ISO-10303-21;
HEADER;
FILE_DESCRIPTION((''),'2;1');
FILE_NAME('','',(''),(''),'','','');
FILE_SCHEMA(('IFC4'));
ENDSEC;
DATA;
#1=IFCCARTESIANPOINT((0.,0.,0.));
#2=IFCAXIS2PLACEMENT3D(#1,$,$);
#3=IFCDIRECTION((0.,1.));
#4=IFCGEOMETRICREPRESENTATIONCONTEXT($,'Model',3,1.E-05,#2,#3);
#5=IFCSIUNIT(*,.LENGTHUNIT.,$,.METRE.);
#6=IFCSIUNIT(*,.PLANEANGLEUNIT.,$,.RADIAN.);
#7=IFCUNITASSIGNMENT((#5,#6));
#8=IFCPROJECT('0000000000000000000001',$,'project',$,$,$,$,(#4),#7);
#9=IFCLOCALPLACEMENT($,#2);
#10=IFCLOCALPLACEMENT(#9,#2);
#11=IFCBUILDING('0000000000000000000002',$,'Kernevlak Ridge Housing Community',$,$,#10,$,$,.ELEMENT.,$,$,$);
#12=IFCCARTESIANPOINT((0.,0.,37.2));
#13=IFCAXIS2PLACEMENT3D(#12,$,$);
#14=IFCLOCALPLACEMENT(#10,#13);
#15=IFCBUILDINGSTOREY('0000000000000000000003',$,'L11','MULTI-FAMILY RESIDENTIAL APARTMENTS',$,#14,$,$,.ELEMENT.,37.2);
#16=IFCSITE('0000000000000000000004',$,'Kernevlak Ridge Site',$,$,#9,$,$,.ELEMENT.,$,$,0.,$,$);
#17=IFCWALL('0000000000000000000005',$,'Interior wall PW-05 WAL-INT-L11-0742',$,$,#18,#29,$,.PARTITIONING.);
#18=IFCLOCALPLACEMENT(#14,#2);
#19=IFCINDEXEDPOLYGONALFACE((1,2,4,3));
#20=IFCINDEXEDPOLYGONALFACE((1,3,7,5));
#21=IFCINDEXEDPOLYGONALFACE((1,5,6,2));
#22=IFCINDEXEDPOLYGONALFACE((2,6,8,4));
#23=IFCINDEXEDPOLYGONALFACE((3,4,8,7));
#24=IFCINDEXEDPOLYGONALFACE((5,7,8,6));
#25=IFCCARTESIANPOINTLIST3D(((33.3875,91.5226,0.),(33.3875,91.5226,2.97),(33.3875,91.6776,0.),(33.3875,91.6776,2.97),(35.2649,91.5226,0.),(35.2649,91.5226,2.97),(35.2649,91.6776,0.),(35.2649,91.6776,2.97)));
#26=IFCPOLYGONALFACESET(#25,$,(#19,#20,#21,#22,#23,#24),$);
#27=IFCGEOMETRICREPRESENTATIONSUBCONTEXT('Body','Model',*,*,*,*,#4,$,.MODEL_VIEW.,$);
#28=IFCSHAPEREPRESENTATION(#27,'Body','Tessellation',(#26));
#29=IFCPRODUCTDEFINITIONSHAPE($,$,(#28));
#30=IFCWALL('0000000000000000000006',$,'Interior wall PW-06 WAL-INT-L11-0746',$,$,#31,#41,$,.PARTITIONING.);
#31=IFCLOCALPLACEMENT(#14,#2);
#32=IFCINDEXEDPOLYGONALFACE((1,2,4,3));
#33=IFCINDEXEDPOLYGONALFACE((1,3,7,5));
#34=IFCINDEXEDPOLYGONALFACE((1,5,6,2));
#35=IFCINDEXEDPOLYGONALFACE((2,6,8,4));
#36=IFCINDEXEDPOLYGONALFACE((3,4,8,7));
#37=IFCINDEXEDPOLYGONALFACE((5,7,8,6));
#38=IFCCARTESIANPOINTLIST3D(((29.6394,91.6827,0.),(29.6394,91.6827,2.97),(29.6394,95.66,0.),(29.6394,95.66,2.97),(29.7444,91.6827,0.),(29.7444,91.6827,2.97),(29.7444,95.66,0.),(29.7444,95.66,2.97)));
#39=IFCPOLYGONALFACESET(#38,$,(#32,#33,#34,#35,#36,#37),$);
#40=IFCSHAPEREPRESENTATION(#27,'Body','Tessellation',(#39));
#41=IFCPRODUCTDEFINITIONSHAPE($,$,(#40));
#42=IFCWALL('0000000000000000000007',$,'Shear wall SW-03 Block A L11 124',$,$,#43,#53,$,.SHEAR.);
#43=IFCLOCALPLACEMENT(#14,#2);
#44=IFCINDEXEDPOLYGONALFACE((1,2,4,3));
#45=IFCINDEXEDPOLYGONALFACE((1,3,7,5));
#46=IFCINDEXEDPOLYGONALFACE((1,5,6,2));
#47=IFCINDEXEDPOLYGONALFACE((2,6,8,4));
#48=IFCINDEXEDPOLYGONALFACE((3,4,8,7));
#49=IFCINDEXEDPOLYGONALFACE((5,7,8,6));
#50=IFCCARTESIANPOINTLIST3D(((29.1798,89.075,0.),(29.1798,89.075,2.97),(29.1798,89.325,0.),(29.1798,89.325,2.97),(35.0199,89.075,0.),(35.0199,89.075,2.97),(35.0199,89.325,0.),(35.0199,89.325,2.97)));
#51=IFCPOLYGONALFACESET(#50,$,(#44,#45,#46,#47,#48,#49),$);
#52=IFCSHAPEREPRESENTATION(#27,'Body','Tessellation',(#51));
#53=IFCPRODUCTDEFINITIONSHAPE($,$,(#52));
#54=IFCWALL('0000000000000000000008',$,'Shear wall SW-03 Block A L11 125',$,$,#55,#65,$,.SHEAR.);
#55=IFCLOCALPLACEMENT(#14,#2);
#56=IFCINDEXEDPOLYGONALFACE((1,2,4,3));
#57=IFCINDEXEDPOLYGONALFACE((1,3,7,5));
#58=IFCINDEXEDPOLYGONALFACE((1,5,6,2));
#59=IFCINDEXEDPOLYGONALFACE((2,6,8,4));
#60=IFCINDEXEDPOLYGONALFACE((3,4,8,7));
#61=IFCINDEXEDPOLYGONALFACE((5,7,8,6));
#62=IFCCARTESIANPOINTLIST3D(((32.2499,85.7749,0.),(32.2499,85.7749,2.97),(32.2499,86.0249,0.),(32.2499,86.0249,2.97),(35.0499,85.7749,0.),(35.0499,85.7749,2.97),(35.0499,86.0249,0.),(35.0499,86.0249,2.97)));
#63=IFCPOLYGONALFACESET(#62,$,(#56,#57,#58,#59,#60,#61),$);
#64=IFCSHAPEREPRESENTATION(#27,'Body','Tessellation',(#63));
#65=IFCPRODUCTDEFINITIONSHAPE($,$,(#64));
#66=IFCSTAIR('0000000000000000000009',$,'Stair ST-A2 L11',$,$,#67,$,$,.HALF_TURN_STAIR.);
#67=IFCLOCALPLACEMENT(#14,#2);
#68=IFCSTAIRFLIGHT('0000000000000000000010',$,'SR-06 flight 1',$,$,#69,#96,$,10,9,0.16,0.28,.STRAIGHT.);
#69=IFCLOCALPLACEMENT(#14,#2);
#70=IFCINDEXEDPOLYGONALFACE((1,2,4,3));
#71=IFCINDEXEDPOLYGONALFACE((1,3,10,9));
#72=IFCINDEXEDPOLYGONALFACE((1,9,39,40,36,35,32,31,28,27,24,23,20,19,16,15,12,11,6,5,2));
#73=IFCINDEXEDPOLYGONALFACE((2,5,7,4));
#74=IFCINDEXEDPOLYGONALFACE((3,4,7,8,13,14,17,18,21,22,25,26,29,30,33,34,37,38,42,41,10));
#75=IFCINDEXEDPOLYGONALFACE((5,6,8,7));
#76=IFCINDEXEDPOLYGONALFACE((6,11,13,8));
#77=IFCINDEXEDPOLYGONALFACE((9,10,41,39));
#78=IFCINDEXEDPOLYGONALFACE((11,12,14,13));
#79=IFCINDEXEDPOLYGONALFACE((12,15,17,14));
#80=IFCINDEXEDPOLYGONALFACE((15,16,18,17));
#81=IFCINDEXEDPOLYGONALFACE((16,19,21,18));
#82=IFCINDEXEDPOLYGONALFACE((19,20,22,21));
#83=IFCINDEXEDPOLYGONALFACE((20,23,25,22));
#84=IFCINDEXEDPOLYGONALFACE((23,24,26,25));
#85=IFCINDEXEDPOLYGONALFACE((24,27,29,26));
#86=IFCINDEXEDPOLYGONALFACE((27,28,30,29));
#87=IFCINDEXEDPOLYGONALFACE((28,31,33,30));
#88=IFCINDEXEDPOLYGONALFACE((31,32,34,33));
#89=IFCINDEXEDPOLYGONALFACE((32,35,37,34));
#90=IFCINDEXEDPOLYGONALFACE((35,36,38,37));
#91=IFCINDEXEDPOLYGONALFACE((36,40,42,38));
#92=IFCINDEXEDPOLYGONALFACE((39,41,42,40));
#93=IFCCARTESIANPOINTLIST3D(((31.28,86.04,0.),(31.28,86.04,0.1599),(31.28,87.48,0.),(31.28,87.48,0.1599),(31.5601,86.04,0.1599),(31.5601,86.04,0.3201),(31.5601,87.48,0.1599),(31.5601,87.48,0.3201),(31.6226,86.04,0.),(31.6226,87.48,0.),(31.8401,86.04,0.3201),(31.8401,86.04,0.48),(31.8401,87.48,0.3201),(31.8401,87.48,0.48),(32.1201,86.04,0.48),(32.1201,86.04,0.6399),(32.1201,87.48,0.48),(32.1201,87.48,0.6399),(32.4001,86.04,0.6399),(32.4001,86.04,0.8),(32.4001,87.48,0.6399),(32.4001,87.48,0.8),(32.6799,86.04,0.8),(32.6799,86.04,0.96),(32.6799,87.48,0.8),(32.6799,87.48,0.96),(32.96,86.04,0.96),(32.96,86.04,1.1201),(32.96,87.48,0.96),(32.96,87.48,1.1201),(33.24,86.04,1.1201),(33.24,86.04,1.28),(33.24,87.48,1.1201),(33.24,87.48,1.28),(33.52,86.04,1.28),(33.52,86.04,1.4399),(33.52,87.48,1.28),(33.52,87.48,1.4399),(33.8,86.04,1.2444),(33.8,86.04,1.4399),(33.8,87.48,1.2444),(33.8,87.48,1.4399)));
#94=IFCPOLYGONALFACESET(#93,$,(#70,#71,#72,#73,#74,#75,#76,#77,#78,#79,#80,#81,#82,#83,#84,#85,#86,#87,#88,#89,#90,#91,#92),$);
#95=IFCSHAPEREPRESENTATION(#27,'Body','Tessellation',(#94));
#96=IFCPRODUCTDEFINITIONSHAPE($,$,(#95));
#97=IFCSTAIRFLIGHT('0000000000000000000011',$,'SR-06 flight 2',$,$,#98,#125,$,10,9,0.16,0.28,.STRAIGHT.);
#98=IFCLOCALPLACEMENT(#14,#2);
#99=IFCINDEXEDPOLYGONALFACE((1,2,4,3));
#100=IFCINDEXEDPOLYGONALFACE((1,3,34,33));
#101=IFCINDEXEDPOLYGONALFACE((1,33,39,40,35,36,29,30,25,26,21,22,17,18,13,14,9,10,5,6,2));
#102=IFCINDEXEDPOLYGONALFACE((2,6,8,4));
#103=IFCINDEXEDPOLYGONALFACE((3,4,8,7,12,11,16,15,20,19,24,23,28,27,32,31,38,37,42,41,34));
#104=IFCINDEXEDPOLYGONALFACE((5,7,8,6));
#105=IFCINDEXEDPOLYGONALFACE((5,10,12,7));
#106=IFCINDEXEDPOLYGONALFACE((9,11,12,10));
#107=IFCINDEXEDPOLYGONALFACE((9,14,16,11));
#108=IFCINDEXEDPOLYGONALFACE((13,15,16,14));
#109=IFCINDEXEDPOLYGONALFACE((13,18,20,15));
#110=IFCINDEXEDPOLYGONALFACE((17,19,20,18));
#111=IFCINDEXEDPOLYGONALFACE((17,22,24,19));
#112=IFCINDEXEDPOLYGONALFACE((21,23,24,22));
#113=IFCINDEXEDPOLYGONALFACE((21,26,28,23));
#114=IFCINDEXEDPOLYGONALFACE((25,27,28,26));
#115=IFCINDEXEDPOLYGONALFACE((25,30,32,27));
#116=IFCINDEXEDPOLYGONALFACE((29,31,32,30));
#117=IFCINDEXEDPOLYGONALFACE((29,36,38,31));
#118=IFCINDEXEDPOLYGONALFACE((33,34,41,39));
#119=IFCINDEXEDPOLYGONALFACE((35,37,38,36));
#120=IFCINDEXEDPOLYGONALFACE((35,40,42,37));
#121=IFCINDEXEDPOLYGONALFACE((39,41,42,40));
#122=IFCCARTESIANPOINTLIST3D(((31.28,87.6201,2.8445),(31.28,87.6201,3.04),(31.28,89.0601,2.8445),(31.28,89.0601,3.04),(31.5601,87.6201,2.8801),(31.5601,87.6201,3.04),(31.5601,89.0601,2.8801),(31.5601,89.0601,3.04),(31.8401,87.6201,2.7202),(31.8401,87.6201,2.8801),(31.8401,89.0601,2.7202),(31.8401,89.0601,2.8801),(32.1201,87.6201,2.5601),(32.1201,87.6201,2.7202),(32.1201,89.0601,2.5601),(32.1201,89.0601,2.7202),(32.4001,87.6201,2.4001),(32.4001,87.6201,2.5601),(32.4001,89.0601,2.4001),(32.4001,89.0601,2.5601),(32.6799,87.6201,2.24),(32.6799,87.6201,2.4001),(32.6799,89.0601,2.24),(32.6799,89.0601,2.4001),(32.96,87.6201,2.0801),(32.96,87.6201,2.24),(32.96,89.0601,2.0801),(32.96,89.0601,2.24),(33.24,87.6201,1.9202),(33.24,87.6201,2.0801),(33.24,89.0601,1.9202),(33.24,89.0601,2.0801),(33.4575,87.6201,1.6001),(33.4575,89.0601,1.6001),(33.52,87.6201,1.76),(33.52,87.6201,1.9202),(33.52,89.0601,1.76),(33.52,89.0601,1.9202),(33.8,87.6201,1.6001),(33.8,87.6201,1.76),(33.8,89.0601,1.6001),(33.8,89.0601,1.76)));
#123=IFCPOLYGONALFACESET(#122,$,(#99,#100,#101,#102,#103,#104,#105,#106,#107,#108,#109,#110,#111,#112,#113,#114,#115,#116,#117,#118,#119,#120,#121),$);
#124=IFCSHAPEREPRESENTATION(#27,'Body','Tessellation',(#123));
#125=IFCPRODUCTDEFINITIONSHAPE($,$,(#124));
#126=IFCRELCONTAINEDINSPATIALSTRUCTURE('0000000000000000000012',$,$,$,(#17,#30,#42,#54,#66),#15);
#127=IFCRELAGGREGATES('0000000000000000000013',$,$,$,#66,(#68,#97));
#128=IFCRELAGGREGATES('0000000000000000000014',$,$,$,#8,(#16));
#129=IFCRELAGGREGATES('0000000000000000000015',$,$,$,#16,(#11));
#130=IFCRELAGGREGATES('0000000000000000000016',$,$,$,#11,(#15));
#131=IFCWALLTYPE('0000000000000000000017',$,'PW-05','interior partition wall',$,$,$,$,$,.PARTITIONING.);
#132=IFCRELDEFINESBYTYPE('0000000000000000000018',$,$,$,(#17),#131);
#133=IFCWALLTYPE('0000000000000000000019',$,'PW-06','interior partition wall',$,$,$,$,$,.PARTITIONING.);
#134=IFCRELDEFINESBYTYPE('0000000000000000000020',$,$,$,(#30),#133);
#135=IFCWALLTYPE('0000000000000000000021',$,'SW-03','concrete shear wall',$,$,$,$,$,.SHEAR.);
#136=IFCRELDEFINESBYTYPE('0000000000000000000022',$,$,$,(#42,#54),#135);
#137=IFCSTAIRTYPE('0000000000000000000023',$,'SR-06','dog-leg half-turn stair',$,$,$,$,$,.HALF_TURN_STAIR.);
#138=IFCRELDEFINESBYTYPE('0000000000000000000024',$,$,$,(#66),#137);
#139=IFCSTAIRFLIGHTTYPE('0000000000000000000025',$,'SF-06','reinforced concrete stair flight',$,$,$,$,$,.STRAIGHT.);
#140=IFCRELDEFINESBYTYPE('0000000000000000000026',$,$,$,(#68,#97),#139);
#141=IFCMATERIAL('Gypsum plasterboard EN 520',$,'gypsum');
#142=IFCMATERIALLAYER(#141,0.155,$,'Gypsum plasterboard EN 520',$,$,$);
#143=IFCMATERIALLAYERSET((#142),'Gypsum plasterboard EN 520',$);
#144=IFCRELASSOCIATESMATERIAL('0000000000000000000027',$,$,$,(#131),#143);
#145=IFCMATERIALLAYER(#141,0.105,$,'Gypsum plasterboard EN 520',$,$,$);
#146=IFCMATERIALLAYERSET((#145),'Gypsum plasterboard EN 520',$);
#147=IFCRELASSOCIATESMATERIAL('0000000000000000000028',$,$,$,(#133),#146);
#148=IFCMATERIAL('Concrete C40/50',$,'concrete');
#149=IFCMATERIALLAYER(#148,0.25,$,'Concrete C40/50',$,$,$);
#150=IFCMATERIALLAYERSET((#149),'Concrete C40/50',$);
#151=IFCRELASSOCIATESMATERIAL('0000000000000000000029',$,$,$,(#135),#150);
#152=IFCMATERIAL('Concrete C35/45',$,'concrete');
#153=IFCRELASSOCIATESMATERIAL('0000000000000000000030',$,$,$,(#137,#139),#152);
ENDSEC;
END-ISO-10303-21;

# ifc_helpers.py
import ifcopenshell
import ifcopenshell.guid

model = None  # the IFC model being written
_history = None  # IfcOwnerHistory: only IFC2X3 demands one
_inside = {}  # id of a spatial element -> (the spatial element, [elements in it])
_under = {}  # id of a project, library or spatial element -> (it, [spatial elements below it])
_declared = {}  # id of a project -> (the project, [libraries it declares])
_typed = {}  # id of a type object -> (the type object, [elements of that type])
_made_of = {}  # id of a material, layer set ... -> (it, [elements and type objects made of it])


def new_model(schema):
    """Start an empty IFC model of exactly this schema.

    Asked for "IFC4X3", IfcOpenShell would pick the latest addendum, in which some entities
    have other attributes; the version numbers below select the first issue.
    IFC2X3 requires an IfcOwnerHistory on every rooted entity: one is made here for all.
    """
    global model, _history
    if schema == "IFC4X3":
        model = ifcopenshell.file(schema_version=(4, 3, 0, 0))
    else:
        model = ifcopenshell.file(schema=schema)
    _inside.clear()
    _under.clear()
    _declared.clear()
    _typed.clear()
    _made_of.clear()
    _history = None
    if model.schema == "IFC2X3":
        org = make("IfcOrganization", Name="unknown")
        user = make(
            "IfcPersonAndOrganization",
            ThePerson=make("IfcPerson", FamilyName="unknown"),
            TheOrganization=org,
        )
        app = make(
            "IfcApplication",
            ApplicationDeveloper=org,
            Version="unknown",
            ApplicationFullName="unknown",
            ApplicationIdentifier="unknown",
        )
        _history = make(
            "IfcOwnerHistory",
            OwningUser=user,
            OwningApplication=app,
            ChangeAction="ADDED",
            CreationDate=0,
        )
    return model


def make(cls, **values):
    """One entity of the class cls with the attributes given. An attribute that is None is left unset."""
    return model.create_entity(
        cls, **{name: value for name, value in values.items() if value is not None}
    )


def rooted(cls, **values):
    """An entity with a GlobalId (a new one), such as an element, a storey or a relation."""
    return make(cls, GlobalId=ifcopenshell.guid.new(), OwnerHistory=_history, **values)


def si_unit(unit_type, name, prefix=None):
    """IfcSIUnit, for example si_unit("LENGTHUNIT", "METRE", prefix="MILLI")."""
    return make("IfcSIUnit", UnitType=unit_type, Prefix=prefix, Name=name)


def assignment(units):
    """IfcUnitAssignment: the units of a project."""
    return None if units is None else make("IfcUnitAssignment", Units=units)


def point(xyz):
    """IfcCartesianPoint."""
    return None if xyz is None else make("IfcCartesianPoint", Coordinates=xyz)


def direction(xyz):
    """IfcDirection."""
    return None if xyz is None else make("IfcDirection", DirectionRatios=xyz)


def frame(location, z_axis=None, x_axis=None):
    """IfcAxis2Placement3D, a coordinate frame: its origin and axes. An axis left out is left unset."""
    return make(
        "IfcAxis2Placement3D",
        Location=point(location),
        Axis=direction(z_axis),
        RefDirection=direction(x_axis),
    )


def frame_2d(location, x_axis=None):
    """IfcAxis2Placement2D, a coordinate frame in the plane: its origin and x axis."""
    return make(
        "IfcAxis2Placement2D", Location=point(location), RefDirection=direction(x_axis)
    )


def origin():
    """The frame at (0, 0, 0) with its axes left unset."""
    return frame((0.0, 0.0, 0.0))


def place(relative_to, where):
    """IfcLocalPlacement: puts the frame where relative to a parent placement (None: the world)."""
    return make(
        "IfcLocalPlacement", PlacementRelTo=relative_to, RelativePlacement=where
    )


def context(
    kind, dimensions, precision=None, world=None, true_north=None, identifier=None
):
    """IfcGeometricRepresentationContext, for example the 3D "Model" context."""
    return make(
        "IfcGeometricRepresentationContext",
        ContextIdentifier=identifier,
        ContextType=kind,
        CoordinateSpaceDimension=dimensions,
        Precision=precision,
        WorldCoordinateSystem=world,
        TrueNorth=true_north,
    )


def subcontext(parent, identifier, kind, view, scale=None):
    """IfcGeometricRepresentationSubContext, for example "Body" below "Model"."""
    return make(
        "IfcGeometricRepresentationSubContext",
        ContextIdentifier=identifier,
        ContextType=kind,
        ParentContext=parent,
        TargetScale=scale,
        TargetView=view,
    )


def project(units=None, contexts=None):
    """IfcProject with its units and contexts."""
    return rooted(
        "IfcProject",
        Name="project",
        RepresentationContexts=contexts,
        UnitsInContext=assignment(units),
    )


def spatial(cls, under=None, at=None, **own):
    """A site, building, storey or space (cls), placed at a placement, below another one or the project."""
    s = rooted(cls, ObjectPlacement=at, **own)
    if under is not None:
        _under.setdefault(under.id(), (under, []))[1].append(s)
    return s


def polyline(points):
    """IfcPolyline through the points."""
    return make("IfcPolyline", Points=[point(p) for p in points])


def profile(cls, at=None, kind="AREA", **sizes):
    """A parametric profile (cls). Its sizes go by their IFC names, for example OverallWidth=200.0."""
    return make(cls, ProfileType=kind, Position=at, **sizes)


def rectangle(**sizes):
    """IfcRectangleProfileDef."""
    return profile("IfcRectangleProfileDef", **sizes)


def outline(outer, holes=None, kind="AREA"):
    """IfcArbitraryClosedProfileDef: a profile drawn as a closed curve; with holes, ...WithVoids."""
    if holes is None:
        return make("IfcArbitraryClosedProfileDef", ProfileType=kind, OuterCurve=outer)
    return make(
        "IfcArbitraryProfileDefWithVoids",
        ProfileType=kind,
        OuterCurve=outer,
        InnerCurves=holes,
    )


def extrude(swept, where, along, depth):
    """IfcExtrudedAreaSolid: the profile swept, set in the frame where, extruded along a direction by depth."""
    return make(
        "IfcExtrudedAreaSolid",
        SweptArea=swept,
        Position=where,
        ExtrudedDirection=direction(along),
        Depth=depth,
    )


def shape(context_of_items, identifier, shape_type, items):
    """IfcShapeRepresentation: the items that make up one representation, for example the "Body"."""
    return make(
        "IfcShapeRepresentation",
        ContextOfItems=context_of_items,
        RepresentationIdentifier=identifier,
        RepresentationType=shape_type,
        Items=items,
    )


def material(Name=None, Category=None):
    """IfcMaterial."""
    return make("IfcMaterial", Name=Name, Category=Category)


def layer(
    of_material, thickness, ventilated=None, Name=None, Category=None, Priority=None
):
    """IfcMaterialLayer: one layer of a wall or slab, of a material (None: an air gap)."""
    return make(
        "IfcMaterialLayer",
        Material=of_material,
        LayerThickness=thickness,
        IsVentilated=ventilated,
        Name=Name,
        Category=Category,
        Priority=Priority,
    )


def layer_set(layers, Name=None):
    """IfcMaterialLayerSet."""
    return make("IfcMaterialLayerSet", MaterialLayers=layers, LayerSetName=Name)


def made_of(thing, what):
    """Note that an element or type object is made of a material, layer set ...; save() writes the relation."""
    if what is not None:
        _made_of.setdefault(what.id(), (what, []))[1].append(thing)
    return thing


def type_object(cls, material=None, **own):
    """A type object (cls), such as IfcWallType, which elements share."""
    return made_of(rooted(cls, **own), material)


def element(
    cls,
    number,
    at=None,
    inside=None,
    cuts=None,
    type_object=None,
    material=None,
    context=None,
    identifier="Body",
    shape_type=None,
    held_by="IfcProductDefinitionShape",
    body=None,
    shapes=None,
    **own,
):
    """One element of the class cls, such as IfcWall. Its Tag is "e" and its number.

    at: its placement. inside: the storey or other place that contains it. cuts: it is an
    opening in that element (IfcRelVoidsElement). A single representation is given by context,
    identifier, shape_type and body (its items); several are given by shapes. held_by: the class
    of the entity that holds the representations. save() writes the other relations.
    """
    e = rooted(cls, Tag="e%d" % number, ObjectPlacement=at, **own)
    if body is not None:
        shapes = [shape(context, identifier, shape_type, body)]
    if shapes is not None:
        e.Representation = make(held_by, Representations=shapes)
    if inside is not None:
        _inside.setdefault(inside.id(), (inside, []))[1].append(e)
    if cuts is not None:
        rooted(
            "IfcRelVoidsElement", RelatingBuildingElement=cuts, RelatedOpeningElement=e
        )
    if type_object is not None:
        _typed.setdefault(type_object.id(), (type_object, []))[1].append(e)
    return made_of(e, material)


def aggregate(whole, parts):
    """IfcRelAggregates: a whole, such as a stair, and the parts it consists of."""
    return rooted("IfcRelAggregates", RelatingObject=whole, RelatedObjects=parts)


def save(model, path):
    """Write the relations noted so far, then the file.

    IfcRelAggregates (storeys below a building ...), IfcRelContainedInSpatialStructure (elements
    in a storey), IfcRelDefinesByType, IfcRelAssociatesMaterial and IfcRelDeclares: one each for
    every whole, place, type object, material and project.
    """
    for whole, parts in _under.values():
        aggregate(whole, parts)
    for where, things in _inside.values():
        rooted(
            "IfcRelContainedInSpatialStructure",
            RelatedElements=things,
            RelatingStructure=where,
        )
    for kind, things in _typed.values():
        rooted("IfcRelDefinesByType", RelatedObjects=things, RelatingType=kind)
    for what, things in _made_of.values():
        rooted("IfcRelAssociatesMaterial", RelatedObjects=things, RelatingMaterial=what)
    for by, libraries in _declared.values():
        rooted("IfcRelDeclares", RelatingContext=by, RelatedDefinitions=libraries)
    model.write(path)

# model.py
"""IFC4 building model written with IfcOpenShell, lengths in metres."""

from ifc_helpers import new_model, si_unit, direction, frame, frame_2d, origin, place, context, subcontext, project, spatial, polyline, rectangle, outline, extrude, material, layer, layer_set, type_object, element, aggregate, save


model = new_model("IFC4")

# Units and contexts
model_context = context("Model", 3, precision=1e-05, world=origin(), true_north=direction((0.0, 1.0)))
body_context = subcontext(model_context, "Body", "Model", "MODEL_VIEW")
ifc_project = project(units=[si_unit("LENGTHUNIT", "METRE"), si_unit("PLANEANGLEUNIT", "RADIAN")], contexts=[model_context])

# Site, building, storey
site_placement = place(None, origin())
site = spatial("IfcSite", under=ifc_project, at=site_placement, Name="Kernevlak Ridge Site", CompositionType="ELEMENT", RefElevation=0.0)
building_placement = place(site_placement, origin())
building = spatial("IfcBuilding", under=site, at=building_placement, Name="Kernevlak Ridge Housing Community", CompositionType="ELEMENT")
storey_placement = place(building_placement, frame((0.0, 0.0, 37.2)))
storey = spatial("IfcBuildingStorey", under=building, at=storey_placement, Name="L11", Description="MULTI-FAMILY RESIDENTIAL APARTMENTS", CompositionType="ELEMENT", Elevation=37.2)

# Shared definitions
ifc_material_1 = material(Name="Concrete C35/45", Category="concrete")

# Shared definitions
ifc_material_2 = material(Name="Gypsum plasterboard EN 520", Category="gypsum")
ifc_layer_1 = layer(ifc_material_2, 0.155, Name="Gypsum plasterboard EN 520")
ifc_layer_set_1 = layer_set([ifc_layer_1], Name="Gypsum plasterboard EN 520")
wall_type_1 = type_object("IfcWallType", Name="PW-05", Description="interior partition wall", PredefinedType="PARTITIONING", material=ifc_layer_set_1)

# Walls
wall_1_placement = place(storey_placement, frame((33.3875, 91.6001, 0.0), z_axis=(0.0, 0.0, 1.0), x_axis=(1.0, 0.0, 0.0)))
element("IfcWall", 1, at=wall_1_placement, inside=storey, type_object=wall_type_1, Name="Interior wall PW-05 WAL-INT-L11-0742", PredefinedType="PARTITIONING", context=body_context, shape_type="SweptSolid", body=[
    extrude(rectangle(XDim=1.8774, YDim=0.155, at=frame_2d((0.9387, 0.0))), origin(), (0.0, 0.0, 1.0), 2.97),
])
ifc_layer_2 = layer(ifc_material_2, 0.105, Name="Gypsum plasterboard EN 520")
ifc_layer_set_2 = layer_set([ifc_layer_2], Name="Gypsum plasterboard EN 520")
wall_type_2 = type_object("IfcWallType", Name="PW-06", Description="interior partition wall", PredefinedType="PARTITIONING", material=ifc_layer_set_2)
wall_2_placement = place(storey_placement, frame((29.6919, 91.6826, 0.0), z_axis=(0.0, 0.0, 1.0), x_axis=(0.0, 1.0, 0.0)))
element("IfcWall", 2, at=wall_2_placement, inside=storey, type_object=wall_type_2, Name="Interior wall PW-06 WAL-INT-L11-0746", PredefinedType="PARTITIONING", context=body_context, shape_type="SweptSolid", body=[
    extrude(rectangle(XDim=3.9773, YDim=0.105, at=frame_2d((1.9888, 0.0))), origin(), (0.0, 0.0, 1.0), 2.97),
])
ifc_material_3 = material(Name="Concrete C40/50", Category="concrete")
ifc_layer_3 = layer(ifc_material_3, 0.25, Name="Concrete C40/50")
ifc_layer_set_3 = layer_set([ifc_layer_3], Name="Concrete C40/50")
wall_type_3 = type_object("IfcWallType", Name="SW-03", Description="concrete shear wall", PredefinedType="SHEAR", material=ifc_layer_set_3)
wall_3_placement = place(storey_placement, frame((29.1799, 89.2, 0.0), z_axis=(0.0, 0.0, 1.0), x_axis=(1.0, 0.0, 0.0)))
element("IfcWall", 3, at=wall_3_placement, inside=storey, type_object=wall_type_3, Name="Shear wall SW-03 Block A L11 124", PredefinedType="SHEAR", context=body_context, shape_type="SweptSolid", body=[
    extrude(rectangle(XDim=5.8401, YDim=0.25, at=frame_2d((2.9199, 0.0))), origin(), (0.0, 0.0, 1.0), 2.97),
])
wall_4_placement = place(storey_placement, frame((32.25, 85.8999, 0.0), z_axis=(0.0, 0.0, 1.0), x_axis=(1.0, 0.0, 0.0)))
element("IfcWall", 4, at=wall_4_placement, inside=storey, type_object=wall_type_3, Name="Shear wall SW-03 Block A L11 125", PredefinedType="SHEAR", context=body_context, shape_type="SweptSolid", body=[
    extrude(rectangle(XDim=2.8, YDim=0.25, at=frame_2d((1.3999, 0.0))), origin(), (0.0, 0.0, 1.0), 2.97),
])

# Stair, stair flights
stair_type = type_object("IfcStairType", Name="SR-06", Description="dog-leg half-turn stair", PredefinedType="HALF_TURN_STAIR", material=ifc_material_1)
stair_placement = place(storey_placement, origin())
stair = element("IfcStair", 5, at=stair_placement, inside=storey, type_object=stair_type, Name="Stair ST-A2 L11", PredefinedType="HALF_TURN_STAIR")
stair_flight_type = type_object("IfcStairFlightType", Name="SF-06", Description="reinforced concrete stair flight", PredefinedType="STRAIGHT", material=ifc_material_1)
stair_flight_1_placement = place(storey_placement, frame((31.28, 86.76, 0.0), z_axis=(0.0, 0.0, 1.0), x_axis=(1.0, 0.0, 0.0)))
stair_flight_1 = element("IfcStairFlight", 6, at=stair_flight_1_placement, type_object=stair_flight_type, Name="SR-06 flight 1", NumberOfRisers=10, NumberOfTreads=9, PredefinedType="STRAIGHT", RiserHeight=0.16, TreadLength=0.28, context=body_context, shape_type="SweptSolid", body=[
    extrude(outline(polyline([(0.0, 0.0), (0.0, 0.1599), (0.28, 0.1599), (0.28, 0.3201), (0.5601, 0.3201), (0.5601, 0.48), (0.8401, 0.48), (0.8401, 0.6399), (1.1201, 0.6399), (1.1201, 0.8), (1.3999, 0.8), (1.3999, 0.96), (1.6799, 0.96), (1.6799, 1.1201), (1.96, 1.1201), (1.96, 1.28), (2.24, 1.28), (2.24, 1.4399), (2.52, 1.4399), (2.52, 1.6001), (2.52, 1.2444), (0.3425, 0.0), (0.0, 0.0)])), frame((0.0, 0.72, 0.0), z_axis=(0.0, -1.0, 0.0), x_axis=(1.0, 0.0, 0.0)), (0.0, 0.0, 1.0), 1.4399),
])
stair_flight_2_placement = place(storey_placement, frame((33.8, 88.3401, 1.6001), z_axis=(0.0, 0.0, 1.0), x_axis=(-1.0, 0.0, 0.0)))
stair_flight_2 = element("IfcStairFlight", 7, at=stair_flight_2_placement, type_object=stair_flight_type, Name="SR-06 flight 2", NumberOfRisers=10, NumberOfTreads=9, PredefinedType="STRAIGHT", RiserHeight=0.16, TreadLength=0.28, context=body_context, shape_type="SweptSolid", body=[
    extrude(outline(polyline([(0.0, 0.0), (0.0, 0.1599), (0.28, 0.1599), (0.28, 0.3201), (0.5601, 0.3201), (0.5601, 0.48), (0.8401, 0.48), (0.8401, 0.6399), (1.1201, 0.6399), (1.1201, 0.8), (1.3999, 0.8), (1.3999, 0.96), (1.6799, 0.96), (1.6799, 1.1201), (1.96, 1.1201), (1.96, 1.28), (2.24, 1.28), (2.24, 1.4399), (2.52, 1.4399), (2.52, 1.6001), (2.52, 1.2444), (0.3425, 0.0), (0.0, 0.0)])), frame((0.0, 0.72, 0.0), z_axis=(0.0, -1.0, 0.0), x_axis=(1.0, 0.0, 0.0)), (0.0, 0.0, 1.0), 1.4399),
])
aggregate(stair, [stair_flight_1, stair_flight_2])

save(model, "model.ifc")
